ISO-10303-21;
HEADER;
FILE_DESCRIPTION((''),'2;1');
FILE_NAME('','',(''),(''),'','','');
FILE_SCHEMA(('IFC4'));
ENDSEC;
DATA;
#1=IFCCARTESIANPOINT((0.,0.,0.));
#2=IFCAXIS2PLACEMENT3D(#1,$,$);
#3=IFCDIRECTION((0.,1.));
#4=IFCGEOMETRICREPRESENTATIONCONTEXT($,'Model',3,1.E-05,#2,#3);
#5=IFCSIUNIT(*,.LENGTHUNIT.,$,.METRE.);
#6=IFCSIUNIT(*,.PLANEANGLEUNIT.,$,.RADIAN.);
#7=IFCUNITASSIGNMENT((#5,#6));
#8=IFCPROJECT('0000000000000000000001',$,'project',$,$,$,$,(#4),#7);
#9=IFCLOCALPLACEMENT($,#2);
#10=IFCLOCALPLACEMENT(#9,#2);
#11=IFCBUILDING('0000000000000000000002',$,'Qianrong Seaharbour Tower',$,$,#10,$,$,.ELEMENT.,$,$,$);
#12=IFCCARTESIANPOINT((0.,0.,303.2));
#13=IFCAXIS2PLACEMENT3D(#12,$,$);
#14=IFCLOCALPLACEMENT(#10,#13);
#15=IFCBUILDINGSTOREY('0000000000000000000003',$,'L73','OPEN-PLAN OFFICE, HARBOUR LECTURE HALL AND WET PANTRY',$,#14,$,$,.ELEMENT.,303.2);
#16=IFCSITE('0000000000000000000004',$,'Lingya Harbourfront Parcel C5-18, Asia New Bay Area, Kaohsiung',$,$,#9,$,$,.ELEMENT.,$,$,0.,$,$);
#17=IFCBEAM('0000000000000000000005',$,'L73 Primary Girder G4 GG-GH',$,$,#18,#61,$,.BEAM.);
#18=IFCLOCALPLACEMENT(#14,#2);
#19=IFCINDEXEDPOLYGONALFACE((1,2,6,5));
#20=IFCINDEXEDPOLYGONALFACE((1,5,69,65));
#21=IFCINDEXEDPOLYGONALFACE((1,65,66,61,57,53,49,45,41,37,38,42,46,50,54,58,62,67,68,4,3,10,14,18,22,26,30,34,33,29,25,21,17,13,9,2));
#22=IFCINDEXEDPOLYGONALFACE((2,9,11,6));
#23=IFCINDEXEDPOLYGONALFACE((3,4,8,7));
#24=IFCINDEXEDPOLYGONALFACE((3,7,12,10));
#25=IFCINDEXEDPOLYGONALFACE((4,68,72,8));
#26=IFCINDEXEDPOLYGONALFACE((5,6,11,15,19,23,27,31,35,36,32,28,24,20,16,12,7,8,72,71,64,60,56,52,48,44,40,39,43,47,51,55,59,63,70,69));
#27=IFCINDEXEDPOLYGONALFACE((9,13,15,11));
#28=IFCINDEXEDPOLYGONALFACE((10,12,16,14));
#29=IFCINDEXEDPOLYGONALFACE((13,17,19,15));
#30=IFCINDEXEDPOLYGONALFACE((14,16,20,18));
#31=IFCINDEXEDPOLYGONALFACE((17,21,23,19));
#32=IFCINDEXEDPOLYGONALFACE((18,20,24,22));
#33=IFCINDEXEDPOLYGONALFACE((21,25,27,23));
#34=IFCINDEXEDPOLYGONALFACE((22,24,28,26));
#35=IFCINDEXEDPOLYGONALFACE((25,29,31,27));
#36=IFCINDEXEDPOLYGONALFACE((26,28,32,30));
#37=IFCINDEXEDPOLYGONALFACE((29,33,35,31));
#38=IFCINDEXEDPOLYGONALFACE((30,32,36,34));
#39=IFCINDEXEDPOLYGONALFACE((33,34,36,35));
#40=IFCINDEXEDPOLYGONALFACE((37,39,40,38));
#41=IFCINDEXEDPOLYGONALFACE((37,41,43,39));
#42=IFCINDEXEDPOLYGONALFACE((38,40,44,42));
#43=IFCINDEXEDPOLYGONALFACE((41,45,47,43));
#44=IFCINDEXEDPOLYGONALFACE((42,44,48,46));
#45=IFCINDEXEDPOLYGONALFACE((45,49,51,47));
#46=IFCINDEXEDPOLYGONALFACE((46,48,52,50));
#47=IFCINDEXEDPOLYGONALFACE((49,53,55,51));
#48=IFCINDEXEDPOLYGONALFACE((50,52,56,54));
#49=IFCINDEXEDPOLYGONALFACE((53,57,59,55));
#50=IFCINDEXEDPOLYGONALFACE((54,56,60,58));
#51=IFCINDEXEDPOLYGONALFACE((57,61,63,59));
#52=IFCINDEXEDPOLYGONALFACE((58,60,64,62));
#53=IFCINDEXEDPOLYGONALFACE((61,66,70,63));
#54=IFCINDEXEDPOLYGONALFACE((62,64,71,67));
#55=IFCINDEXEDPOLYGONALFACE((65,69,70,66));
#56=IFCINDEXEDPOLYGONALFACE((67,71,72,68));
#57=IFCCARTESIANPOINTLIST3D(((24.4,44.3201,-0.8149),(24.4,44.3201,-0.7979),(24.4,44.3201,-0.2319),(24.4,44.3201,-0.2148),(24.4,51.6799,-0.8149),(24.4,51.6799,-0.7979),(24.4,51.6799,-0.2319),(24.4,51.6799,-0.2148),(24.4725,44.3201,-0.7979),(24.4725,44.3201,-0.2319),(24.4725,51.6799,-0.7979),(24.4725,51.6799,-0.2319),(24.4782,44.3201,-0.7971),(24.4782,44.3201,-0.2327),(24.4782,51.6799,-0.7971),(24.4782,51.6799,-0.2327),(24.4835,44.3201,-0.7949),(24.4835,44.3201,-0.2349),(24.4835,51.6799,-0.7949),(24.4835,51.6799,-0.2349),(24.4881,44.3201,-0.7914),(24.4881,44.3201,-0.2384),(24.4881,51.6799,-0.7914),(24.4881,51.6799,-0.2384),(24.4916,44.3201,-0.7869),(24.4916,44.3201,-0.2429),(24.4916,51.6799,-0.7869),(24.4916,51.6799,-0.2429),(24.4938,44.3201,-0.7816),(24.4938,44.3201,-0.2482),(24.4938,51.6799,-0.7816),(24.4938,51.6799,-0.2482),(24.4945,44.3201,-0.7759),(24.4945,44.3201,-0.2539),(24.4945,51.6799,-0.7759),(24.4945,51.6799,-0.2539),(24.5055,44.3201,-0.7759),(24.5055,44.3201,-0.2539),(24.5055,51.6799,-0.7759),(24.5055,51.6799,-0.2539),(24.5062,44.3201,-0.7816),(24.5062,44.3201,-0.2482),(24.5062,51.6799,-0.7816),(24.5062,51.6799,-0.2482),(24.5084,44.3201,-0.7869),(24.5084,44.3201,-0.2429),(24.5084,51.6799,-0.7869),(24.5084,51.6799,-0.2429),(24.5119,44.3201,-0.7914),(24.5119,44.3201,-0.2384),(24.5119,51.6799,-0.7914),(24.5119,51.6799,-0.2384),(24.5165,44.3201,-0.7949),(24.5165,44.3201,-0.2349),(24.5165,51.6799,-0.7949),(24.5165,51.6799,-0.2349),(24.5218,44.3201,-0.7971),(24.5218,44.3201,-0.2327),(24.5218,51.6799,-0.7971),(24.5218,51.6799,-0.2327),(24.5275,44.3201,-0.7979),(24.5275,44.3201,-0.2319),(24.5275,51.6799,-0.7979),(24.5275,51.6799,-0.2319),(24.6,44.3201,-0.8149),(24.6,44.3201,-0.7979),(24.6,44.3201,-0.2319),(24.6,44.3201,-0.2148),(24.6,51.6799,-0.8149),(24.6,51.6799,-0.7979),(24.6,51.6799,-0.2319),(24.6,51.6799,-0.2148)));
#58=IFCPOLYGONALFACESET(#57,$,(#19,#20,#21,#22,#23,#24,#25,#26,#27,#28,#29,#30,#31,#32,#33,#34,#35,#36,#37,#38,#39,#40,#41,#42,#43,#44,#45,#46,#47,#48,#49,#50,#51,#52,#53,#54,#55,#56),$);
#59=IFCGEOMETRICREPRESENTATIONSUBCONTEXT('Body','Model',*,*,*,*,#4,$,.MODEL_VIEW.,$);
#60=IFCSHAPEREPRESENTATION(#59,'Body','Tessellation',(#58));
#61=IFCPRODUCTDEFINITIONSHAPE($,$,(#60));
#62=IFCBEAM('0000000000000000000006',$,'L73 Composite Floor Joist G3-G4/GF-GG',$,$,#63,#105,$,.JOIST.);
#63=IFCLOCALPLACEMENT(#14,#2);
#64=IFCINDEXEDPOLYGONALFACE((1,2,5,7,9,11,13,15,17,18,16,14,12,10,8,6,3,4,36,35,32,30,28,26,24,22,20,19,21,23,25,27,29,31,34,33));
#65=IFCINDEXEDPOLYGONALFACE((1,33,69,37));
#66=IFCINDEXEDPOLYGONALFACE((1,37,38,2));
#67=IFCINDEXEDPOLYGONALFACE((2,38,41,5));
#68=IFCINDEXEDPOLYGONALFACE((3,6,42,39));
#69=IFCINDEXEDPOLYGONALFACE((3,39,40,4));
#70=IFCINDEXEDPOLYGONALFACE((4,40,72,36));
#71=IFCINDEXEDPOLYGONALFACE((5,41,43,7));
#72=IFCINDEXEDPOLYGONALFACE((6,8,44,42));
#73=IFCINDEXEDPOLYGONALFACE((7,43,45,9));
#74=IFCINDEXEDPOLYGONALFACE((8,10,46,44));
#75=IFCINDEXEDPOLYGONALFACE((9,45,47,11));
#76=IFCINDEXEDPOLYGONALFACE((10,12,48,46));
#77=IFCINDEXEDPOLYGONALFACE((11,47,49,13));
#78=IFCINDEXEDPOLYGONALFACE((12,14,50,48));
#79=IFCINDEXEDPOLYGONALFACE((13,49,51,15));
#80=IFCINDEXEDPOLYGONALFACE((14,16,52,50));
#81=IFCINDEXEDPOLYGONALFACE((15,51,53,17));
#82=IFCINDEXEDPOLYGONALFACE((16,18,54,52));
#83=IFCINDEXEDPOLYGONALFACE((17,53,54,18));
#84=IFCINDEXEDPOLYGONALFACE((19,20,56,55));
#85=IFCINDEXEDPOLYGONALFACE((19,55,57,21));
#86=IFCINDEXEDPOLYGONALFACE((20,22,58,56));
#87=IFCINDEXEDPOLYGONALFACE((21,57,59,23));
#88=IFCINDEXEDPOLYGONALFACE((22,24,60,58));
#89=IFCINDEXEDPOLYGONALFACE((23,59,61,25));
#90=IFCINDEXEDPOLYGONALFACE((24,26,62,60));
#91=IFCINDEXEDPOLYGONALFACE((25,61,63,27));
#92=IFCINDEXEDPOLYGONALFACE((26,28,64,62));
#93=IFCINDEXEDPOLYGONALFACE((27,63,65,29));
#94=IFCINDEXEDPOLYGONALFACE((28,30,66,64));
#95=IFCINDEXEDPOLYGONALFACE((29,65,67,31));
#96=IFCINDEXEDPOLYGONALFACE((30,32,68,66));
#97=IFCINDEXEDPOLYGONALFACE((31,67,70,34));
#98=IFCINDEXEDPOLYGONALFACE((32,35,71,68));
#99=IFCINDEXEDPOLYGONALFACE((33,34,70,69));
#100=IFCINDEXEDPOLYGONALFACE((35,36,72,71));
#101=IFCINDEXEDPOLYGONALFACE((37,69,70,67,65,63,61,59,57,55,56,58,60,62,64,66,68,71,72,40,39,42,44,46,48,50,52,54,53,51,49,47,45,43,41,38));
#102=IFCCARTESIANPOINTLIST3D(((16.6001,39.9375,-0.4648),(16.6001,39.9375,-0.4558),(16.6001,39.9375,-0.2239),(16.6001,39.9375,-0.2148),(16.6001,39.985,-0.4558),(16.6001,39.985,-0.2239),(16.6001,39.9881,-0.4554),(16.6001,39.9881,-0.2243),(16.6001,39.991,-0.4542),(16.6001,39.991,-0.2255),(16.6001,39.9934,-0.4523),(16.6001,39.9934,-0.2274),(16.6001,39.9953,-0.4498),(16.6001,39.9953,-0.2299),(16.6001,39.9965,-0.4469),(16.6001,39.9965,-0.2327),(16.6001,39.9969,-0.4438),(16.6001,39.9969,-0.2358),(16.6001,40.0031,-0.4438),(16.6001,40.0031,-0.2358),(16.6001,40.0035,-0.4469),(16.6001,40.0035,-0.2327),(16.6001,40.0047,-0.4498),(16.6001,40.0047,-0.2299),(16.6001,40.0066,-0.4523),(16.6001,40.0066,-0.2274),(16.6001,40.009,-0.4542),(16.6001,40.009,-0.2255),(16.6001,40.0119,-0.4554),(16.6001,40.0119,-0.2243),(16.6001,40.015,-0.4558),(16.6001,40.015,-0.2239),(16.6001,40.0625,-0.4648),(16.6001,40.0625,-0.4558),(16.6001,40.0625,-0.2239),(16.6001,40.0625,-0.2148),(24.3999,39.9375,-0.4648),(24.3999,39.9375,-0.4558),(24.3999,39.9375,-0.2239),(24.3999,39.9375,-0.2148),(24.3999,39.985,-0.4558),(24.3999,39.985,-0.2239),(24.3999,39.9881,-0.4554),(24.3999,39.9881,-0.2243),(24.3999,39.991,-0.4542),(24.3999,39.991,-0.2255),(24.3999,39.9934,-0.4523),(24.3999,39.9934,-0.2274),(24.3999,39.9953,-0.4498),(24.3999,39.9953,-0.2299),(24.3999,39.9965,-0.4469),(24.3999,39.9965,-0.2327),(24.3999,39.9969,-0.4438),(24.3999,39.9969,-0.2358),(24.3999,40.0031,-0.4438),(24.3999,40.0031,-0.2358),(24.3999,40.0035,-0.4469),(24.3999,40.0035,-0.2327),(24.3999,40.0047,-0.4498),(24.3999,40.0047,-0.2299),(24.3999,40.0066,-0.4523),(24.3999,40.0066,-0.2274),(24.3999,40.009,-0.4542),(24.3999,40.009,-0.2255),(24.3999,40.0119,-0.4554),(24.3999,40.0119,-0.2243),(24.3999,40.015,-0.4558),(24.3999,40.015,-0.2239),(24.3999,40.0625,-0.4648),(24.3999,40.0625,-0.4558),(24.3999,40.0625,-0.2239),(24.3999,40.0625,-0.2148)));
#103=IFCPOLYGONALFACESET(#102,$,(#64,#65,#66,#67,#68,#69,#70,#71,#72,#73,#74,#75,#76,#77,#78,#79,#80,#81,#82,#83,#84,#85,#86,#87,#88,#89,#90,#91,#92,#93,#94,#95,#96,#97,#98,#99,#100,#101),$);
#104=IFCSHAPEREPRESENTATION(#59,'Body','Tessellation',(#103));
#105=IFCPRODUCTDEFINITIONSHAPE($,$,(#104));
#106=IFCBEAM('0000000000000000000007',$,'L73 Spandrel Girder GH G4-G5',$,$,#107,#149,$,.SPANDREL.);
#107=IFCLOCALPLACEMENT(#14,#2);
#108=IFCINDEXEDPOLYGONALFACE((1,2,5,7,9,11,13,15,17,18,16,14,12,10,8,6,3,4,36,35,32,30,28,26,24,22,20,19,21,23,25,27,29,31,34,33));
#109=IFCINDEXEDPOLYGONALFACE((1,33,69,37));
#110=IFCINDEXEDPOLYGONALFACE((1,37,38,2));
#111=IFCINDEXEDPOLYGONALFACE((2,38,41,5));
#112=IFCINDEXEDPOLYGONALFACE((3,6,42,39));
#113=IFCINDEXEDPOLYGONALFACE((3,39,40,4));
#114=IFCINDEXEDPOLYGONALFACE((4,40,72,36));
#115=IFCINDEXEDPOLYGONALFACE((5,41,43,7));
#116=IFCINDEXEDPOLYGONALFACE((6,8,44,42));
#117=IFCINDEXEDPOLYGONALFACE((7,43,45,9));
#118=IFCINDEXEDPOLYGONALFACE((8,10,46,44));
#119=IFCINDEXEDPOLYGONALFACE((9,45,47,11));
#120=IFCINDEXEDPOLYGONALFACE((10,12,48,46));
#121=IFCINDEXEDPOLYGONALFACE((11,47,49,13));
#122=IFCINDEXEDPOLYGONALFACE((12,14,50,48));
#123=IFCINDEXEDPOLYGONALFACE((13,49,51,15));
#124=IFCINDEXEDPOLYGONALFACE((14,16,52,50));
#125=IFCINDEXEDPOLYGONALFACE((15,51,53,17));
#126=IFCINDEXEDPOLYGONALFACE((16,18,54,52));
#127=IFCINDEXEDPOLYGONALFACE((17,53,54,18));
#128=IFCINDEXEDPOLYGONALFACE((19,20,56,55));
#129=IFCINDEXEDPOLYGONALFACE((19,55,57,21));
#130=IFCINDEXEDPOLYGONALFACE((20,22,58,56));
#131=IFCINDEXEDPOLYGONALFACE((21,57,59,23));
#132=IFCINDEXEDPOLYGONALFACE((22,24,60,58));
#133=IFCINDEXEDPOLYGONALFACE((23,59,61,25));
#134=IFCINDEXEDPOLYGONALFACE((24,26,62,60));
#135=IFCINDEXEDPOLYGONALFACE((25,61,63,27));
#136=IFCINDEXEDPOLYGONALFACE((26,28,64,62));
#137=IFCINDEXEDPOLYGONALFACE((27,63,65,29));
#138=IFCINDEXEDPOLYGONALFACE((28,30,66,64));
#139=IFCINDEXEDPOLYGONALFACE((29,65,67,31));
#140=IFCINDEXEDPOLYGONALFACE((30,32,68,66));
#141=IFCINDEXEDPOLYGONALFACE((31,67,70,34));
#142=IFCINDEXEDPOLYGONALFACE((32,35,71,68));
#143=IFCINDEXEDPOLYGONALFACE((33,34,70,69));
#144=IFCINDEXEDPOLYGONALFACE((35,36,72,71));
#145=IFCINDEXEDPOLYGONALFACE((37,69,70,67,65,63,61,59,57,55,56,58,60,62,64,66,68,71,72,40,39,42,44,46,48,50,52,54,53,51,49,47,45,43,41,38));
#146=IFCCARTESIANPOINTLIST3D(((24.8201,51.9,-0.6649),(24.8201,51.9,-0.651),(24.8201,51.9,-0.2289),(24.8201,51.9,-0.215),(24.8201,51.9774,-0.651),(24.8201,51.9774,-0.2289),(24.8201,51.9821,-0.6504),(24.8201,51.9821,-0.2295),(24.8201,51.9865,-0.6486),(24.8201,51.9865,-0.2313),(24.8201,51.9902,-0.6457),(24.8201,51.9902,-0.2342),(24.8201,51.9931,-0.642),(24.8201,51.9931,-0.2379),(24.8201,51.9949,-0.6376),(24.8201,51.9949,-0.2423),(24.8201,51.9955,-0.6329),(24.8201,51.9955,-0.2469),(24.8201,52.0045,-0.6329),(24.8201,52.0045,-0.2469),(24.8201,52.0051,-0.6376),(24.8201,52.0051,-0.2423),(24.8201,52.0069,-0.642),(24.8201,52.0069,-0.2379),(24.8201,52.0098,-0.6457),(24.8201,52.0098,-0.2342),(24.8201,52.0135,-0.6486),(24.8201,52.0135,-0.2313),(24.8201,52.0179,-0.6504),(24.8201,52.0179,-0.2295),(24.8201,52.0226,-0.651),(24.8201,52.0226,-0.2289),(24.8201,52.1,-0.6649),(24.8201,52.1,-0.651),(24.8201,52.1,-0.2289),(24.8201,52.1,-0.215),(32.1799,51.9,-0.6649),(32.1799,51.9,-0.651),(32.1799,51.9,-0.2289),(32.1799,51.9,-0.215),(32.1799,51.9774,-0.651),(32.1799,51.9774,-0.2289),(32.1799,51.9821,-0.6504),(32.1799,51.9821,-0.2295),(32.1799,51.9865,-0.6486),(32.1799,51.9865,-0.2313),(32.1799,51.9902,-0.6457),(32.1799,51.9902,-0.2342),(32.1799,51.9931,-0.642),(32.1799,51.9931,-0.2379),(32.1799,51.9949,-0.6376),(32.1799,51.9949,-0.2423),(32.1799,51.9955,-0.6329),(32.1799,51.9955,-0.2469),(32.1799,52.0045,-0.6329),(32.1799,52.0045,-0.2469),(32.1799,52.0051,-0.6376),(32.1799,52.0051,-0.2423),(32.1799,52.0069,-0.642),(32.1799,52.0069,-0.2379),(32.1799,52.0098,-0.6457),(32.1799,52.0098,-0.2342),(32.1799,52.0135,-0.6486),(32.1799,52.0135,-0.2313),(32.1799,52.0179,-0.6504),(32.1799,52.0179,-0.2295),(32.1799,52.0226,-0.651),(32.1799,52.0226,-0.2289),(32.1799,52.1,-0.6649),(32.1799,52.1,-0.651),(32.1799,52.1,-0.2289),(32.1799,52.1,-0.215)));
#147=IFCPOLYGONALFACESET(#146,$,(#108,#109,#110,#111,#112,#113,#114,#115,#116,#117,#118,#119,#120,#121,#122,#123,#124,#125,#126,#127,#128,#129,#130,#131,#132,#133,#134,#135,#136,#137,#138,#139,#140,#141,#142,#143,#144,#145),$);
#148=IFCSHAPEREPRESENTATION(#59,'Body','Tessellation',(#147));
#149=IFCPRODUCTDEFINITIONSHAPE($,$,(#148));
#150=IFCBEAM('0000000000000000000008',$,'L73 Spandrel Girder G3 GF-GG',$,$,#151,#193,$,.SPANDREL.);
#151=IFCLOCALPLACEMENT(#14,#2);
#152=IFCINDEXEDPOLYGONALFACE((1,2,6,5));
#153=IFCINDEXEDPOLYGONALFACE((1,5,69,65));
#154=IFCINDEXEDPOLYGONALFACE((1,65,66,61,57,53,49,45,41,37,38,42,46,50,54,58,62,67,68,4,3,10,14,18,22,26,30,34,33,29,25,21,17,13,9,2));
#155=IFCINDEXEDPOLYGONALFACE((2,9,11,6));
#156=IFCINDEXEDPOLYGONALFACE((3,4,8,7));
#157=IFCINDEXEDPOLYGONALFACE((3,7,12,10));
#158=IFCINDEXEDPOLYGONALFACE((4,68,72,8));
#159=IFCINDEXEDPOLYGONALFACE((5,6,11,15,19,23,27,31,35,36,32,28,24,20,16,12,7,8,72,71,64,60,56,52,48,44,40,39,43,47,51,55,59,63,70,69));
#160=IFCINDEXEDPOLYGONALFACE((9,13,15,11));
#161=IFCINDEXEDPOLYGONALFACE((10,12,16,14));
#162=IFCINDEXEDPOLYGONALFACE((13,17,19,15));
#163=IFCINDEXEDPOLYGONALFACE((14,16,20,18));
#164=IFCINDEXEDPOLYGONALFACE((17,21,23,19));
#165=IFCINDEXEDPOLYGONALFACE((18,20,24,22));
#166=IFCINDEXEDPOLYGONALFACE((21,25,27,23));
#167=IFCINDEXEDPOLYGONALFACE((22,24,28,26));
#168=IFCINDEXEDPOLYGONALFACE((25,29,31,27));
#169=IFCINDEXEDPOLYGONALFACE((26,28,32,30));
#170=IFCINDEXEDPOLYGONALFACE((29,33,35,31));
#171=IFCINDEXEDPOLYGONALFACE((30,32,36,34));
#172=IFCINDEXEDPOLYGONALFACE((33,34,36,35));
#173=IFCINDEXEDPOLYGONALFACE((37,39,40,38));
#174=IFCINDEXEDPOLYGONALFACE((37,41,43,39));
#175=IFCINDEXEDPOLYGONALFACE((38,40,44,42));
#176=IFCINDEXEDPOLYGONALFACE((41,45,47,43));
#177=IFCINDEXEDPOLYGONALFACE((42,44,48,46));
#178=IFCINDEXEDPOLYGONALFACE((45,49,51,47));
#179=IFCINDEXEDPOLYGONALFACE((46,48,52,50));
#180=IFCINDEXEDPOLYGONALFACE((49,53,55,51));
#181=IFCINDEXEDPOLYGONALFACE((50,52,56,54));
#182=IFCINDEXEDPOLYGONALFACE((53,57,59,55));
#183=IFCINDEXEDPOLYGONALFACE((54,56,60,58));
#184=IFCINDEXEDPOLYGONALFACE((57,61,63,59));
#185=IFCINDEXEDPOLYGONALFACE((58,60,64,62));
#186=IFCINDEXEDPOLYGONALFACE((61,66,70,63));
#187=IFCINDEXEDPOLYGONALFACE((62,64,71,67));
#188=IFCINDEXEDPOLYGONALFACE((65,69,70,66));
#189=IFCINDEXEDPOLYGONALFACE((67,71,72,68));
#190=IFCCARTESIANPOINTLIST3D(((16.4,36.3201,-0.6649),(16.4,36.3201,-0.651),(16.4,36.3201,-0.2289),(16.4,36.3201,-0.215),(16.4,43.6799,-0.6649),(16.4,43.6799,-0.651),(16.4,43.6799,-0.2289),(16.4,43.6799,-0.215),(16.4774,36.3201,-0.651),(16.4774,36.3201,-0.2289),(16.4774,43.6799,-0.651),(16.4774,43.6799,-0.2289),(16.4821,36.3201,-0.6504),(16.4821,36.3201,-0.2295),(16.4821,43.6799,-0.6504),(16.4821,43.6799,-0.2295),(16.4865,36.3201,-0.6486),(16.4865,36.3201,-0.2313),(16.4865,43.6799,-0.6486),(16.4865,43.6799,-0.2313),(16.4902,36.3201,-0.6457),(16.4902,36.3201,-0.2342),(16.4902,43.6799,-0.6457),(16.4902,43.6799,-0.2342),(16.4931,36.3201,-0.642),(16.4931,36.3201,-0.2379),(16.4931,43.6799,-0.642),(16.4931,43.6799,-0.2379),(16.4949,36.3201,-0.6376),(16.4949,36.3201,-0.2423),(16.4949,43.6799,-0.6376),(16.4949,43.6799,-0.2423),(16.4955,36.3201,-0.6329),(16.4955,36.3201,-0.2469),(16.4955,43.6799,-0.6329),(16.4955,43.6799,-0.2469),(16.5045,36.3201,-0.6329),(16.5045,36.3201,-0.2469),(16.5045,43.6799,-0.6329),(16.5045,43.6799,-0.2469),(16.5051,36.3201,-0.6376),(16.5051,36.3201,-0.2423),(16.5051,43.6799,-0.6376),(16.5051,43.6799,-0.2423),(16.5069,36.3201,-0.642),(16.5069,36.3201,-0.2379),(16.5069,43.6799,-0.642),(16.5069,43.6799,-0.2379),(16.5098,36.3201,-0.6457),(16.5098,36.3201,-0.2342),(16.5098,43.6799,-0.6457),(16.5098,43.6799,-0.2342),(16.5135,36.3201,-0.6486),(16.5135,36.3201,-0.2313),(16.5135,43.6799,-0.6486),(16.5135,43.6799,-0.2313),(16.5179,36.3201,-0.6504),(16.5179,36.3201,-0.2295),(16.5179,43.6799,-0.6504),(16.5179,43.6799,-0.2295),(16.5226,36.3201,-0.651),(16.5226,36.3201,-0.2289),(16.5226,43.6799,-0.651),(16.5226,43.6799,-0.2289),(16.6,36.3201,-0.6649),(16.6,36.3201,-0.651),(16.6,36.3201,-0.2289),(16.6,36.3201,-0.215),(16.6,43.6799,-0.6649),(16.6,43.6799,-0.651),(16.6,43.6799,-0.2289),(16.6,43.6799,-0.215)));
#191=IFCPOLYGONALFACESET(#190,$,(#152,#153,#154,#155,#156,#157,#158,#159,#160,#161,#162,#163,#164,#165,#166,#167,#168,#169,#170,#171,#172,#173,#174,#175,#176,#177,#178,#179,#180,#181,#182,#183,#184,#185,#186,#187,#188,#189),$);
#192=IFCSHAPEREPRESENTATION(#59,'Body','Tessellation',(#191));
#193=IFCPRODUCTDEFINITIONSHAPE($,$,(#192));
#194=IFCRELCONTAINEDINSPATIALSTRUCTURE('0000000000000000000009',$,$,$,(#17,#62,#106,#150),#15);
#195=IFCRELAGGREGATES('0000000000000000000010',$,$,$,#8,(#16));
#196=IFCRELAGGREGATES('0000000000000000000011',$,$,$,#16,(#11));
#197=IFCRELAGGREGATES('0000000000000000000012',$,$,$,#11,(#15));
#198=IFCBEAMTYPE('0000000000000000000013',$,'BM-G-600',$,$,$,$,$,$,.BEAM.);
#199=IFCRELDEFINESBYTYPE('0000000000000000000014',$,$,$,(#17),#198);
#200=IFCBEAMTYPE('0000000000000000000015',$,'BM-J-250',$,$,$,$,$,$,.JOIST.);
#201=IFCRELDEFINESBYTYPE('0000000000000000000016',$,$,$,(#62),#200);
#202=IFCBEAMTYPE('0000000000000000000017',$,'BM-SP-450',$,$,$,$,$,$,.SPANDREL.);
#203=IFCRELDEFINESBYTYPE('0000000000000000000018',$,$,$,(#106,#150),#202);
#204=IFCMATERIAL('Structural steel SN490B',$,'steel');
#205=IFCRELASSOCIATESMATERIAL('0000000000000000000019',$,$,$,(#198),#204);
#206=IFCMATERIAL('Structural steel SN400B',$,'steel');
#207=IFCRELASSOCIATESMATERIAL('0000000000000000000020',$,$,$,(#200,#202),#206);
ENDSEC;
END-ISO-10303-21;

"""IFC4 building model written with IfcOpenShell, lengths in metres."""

from ifc_helpers import new_model, si_unit, direction, frame, origin, origin_2d, place, context, subcontext, project, spatial, i_section, extrude, material, material_profile, profile_set, type_object, element, save


model = new_model("IFC4")

# Units and contexts
model_context = context("Model", 3, precision=1e-05, world=origin(), true_north=direction((0.0, 1.0)))
body_context = subcontext(model_context, "Body", "Model", "MODEL_VIEW")
ifc_project = project(units=[si_unit("LENGTHUNIT", "METRE"), si_unit("PLANEANGLEUNIT", "RADIAN")], contexts=[model_context])

# Site, building, storey
site_placement = place(None, origin())
site = spatial("IfcSite", under=ifc_project, at=site_placement, Name="Lingya Harbourfront Parcel C5-18, Asia New Bay Area, Kaohsiung", CompositionType="ELEMENT", RefElevation=0.0)
building_placement = place(site_placement, origin())
building = spatial("IfcBuilding", under=site, at=building_placement, Name="Qianrong Seaharbour Tower", CompositionType="ELEMENT")
storey_placement = place(building_placement, frame((0.0, 0.0, 303.2)))
storey = spatial("IfcBuildingStorey", under=building, at=storey_placement, Name="L73", Description="OPEN-PLAN OFFICE, HARBOUR LECTURE HALL AND WET PANTRY", CompositionType="ELEMENT", Elevation=303.2)

# Shared definitions
ifc_material_1 = material(Name="Structural steel SN490B", Category="steel")
ifc_material_2 = material(Name="Structural steel SN400B", Category="steel")

# Beams
ifc_material_profile_1 = material_profile(ifc_material_1, i_section(OverallWidth=0.2, OverallDepth=0.6001, WebThickness=0.011, FlangeThickness=0.0171, FilletRadius=0.022, at=origin_2d()), Name="H600x200x11x17")
ifc_profile_set_1 = profile_set([ifc_material_profile_1], Name="Structural steel SN490B")
beam_type_1 = type_object("IfcBeamType", Name="BM-G-600", PredefinedType="BEAM", material=ifc_profile_set_1)
for number, where, z_axis, x_axis, name in (
    (1, (24.5, 44.3201, -0.5149), (0.0, 1.0, 0.0), (-1.0, 0.0, 0.0), "L73 Primary Girder G4 GG-GH"),
):
    element("IfcBeam", number, at=place(storey_placement, frame(where, z_axis=z_axis, x_axis=x_axis)), inside=storey, type_object=beam_type_1, Name=name, PredefinedType="BEAM", context=body_context, shape_type="SweptSolid", body=[
        extrude(i_section(OverallWidth=0.2, OverallDepth=0.6001, WebThickness=0.011, FlangeThickness=0.0171, FilletRadius=0.022, at=origin_2d()), origin(), (0.0, 0.0, 1.0), 7.3599),
    ])
ifc_material_profile_2 = material_profile(ifc_material_2, i_section(OverallWidth=0.125, OverallDepth=0.25, WebThickness=0.0061, FlangeThickness=0.009, FilletRadius=0.012, at=origin_2d()), Name="H250x125x6x9")
ifc_profile_set_2 = profile_set([ifc_material_profile_2], Name="Structural steel SN400B")
beam_type_2 = type_object("IfcBeamType", Name="BM-J-250", PredefinedType="JOIST", material=ifc_profile_set_2)
beam_1_placement = place(storey_placement, frame((16.6001, 40.0, -0.3398), z_axis=(1.0, 0.0, 0.0), x_axis=(0.0, 1.0, 0.0)))
element("IfcBeam", 2, at=beam_1_placement, inside=storey, type_object=beam_type_2, Name="L73 Composite Floor Joist G3-G4/GF-GG", PredefinedType="JOIST", context=body_context, shape_type="SweptSolid", body=[
    extrude(i_section(OverallWidth=0.125, OverallDepth=0.25, WebThickness=0.0061, FlangeThickness=0.009, FilletRadius=0.012, at=origin_2d()), origin(), (0.0, 0.0, 1.0), 7.7998),
])
ifc_material_profile_3 = material_profile(ifc_material_2, i_section(OverallWidth=0.2, OverallDepth=0.45, WebThickness=0.009, FlangeThickness=0.0139, FilletRadius=0.0181, at=origin_2d()), Name="H450x200x9x14")
ifc_profile_set_3 = profile_set([ifc_material_profile_3], Name="Structural steel SN400B")
beam_type_3 = type_object("IfcBeamType", Name="BM-SP-450", PredefinedType="SPANDREL", material=ifc_profile_set_3)
for number, where, z_axis, x_axis, name in (
    (3, (24.8201, 52.0, -0.4399), (1.0, 0.0, 0.0), (0.0, 1.0, 0.0), "L73 Spandrel Girder GH G4-G5"),
    (4, (16.5, 36.3201, -0.4399), (0.0, 1.0, 0.0), (-1.0, 0.0, 0.0), "L73 Spandrel Girder G3 GF-GG"),
):
    element("IfcBeam", number, at=place(storey_placement, frame(where, z_axis=z_axis, x_axis=x_axis)), inside=storey, type_object=beam_type_3, Name=name, PredefinedType="SPANDREL", context=body_context, shape_type="SweptSolid", body=[
        extrude(i_section(OverallWidth=0.2, OverallDepth=0.45, WebThickness=0.009, FlangeThickness=0.0139, FilletRadius=0.0181, at=origin_2d()), origin(), (0.0, 0.0, 1.0), 7.3599),
    ])

save(model, "model.ifc")
